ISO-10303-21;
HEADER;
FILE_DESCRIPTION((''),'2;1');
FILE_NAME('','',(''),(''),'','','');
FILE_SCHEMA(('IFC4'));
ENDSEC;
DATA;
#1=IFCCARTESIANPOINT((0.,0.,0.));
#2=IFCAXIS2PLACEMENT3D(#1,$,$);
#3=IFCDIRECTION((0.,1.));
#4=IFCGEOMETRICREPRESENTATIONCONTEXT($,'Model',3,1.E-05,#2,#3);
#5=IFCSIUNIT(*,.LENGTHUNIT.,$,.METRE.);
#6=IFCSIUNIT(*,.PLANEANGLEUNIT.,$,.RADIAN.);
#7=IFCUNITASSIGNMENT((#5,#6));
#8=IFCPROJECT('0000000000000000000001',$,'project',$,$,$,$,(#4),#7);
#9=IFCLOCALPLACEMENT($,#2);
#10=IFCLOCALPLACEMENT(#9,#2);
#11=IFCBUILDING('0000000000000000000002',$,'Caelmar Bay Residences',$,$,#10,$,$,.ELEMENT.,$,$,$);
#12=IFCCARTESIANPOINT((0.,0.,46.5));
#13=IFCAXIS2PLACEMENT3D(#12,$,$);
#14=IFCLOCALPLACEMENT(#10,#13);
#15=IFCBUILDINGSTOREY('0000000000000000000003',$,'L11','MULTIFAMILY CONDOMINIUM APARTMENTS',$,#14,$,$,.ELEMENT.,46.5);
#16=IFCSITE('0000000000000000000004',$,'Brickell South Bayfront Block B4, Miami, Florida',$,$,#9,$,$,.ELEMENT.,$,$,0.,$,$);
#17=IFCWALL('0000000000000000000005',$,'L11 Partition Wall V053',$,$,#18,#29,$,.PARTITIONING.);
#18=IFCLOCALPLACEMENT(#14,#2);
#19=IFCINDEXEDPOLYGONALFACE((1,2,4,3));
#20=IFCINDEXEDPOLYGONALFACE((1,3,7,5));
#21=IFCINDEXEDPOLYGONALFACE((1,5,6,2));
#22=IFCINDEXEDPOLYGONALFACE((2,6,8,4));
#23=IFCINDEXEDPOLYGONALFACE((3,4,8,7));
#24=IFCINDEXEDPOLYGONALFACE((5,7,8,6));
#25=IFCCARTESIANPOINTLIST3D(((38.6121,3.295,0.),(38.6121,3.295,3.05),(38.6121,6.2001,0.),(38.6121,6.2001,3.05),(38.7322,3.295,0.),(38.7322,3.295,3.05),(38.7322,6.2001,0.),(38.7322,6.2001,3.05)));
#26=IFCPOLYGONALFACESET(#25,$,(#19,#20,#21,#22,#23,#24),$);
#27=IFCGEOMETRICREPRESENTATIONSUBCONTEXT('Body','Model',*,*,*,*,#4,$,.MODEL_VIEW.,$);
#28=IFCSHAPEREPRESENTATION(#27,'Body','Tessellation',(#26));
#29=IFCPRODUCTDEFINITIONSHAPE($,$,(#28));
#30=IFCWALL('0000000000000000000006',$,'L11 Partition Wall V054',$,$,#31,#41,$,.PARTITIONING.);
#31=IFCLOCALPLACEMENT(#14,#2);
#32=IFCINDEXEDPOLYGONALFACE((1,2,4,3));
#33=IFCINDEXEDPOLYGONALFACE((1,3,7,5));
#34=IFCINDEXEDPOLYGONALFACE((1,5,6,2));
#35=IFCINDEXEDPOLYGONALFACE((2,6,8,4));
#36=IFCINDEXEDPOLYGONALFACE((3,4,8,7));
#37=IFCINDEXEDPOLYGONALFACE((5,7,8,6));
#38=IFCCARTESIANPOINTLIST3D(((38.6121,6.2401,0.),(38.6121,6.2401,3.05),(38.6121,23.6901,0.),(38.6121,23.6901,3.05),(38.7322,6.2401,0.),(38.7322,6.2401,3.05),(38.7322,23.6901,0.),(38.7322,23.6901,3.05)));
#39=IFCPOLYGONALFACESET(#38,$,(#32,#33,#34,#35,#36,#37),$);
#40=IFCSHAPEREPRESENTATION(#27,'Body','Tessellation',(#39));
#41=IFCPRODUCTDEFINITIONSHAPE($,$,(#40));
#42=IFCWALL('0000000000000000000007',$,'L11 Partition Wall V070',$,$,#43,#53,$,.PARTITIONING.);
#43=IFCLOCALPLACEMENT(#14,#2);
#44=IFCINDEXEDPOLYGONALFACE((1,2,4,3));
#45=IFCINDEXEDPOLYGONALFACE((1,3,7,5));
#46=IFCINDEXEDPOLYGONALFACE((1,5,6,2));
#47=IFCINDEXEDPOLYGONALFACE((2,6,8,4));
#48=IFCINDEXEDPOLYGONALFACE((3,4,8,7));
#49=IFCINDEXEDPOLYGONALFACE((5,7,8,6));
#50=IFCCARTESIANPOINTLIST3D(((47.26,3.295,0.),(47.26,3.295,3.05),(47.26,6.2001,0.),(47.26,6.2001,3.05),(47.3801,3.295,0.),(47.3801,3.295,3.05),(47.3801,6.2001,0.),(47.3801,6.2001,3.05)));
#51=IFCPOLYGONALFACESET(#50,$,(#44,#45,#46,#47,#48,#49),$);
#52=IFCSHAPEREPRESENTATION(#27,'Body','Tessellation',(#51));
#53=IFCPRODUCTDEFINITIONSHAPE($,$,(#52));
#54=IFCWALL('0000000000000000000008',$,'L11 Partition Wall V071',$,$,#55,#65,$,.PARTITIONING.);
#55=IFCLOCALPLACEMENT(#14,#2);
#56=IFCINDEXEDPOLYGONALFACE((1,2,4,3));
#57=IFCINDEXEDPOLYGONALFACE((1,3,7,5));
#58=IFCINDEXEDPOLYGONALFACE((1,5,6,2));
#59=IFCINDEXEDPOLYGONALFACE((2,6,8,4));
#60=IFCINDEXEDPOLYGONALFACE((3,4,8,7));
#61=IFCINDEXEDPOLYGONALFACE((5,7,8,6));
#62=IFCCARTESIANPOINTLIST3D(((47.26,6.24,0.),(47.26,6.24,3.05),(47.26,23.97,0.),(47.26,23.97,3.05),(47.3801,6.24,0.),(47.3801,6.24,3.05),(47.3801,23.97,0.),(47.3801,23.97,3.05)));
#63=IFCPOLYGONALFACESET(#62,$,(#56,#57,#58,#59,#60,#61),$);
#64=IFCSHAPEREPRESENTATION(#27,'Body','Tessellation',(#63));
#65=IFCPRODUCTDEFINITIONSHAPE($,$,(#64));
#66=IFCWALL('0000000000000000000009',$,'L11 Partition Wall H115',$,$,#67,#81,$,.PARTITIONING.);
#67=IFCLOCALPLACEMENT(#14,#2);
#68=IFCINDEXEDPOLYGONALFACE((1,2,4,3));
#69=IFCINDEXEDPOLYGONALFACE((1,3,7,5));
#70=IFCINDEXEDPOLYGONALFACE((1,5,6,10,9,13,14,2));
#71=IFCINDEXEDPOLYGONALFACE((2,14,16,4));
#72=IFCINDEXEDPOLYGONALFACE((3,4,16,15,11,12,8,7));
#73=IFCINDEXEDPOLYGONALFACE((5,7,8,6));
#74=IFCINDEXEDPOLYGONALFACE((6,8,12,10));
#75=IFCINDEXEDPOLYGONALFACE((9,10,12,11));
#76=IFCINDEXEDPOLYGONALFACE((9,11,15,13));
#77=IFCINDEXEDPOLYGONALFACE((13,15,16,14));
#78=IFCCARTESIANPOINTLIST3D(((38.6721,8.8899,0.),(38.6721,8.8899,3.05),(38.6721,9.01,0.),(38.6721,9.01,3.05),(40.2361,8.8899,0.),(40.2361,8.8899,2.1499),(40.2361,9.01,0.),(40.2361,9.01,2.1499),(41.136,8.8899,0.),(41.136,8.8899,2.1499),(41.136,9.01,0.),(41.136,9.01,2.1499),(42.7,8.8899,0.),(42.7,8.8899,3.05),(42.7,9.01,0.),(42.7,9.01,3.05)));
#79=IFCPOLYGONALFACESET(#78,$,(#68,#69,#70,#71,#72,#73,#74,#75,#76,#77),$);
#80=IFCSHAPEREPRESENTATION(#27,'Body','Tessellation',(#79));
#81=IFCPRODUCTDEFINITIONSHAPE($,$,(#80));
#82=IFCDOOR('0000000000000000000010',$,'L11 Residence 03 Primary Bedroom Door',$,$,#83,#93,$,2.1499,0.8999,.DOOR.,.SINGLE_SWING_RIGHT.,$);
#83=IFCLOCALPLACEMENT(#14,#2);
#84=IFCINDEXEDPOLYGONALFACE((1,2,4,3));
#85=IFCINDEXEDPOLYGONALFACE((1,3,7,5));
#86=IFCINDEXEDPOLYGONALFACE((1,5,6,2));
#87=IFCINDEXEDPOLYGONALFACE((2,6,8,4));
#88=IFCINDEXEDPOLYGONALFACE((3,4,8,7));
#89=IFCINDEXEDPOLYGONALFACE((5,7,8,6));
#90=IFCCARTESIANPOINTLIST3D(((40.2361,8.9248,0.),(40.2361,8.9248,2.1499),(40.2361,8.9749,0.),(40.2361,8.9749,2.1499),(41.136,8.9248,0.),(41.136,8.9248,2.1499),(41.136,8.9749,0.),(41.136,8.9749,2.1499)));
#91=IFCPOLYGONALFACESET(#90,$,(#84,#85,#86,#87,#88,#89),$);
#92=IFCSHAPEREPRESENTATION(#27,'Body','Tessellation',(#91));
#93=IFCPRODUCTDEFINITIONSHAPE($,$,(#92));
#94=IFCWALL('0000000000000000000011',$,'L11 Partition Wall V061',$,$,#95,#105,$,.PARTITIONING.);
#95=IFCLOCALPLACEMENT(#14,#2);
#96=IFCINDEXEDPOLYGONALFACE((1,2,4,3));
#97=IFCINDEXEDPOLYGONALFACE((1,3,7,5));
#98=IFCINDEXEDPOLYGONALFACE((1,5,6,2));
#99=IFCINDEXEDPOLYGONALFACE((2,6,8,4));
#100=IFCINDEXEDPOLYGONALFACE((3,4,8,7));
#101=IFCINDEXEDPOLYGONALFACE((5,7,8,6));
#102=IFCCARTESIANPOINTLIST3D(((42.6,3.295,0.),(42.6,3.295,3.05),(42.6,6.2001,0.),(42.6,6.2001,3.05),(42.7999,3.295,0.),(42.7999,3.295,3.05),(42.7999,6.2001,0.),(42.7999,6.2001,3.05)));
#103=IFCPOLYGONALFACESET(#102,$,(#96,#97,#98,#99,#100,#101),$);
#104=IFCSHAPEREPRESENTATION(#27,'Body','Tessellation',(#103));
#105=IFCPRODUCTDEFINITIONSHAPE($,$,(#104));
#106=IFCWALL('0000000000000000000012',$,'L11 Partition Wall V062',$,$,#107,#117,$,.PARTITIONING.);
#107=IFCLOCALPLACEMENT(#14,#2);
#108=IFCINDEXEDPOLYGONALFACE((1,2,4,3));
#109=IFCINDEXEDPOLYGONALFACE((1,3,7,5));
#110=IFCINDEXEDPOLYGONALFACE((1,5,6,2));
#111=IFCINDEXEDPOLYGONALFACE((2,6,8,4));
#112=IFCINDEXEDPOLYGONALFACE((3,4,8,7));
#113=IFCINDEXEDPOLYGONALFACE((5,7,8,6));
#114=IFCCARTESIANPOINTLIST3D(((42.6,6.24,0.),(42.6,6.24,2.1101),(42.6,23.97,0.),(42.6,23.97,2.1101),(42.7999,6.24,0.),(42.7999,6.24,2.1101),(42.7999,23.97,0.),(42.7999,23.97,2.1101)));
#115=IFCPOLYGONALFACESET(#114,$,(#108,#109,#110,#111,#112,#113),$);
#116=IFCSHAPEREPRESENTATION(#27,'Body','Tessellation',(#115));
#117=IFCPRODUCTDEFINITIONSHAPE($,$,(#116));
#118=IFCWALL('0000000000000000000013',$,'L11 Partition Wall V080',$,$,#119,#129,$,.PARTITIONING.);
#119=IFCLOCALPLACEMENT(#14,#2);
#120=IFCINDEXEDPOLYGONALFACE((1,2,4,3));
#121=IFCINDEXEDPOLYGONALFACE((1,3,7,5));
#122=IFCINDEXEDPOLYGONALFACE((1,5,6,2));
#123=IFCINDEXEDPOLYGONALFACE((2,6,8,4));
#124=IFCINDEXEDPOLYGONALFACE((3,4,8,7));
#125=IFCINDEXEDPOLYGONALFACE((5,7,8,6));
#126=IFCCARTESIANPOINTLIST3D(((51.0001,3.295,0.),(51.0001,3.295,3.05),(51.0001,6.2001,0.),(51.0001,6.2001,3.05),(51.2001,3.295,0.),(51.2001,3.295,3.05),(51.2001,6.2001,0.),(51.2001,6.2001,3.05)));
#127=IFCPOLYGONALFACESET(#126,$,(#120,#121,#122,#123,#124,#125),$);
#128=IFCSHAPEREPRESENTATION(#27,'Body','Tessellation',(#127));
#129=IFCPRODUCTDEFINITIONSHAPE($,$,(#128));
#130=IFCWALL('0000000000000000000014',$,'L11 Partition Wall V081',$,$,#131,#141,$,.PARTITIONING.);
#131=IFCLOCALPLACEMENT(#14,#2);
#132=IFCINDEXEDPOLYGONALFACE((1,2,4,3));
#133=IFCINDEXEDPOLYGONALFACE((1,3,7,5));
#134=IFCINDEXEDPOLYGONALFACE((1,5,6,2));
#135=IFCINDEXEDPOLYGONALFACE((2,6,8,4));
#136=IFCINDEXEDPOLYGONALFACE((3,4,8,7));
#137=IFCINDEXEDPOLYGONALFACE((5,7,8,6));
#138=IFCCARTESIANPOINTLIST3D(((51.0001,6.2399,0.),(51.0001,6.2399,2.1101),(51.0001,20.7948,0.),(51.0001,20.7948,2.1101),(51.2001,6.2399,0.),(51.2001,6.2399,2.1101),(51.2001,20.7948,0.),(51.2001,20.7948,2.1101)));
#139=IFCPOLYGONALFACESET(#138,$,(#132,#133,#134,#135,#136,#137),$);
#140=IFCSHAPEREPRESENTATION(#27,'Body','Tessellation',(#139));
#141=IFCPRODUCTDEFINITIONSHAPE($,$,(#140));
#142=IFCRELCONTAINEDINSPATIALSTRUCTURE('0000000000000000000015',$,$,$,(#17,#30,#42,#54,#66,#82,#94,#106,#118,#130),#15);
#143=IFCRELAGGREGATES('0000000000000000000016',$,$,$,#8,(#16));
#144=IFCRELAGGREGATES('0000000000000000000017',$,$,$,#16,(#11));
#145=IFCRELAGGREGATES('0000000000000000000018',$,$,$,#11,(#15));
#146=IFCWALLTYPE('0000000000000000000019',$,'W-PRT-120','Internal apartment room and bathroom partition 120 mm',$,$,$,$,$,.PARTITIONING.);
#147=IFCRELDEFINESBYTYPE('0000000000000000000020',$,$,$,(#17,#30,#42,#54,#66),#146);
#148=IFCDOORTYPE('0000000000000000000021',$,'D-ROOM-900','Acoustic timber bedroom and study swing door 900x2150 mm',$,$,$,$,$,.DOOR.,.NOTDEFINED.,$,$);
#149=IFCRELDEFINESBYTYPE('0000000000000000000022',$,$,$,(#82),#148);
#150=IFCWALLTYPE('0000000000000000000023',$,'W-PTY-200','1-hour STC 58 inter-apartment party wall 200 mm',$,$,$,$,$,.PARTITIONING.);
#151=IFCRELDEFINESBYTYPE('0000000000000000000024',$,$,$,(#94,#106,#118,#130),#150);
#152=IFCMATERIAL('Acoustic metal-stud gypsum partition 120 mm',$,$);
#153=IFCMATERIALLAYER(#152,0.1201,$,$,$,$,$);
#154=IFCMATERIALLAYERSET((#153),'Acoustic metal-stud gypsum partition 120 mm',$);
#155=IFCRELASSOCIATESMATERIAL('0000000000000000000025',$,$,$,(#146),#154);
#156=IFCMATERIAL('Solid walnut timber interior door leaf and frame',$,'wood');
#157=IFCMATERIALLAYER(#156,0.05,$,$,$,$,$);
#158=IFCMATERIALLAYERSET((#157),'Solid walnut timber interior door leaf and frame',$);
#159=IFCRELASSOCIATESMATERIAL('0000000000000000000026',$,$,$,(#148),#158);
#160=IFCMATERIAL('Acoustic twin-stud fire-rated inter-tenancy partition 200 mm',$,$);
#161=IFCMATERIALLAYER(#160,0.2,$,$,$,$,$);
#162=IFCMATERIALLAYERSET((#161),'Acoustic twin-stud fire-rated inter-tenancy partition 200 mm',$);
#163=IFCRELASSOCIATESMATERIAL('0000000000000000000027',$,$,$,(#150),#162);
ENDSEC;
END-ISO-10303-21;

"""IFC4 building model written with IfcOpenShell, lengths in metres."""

from ifc_helpers import new_model, si_unit, direction, frame, frame_2d, origin, place, context, subcontext, project, spatial, rectangle, extrude, material, layer, layer_set, type_object, element, fill, save


model = new_model("IFC4")

# Units and contexts
model_context = context("Model", 3, precision=1e-05, world=origin(), true_north=direction((0.0, 1.0)))
body_context = subcontext(model_context, "Body", "Model", "MODEL_VIEW")
ifc_project = project(units=[si_unit("LENGTHUNIT", "METRE"), si_unit("PLANEANGLEUNIT", "RADIAN")], contexts=[model_context])

# Site, building, storey
site_placement = place(None, origin())
site = spatial("IfcSite", under=ifc_project, at=site_placement, Name="Brickell South Bayfront Block B4, Miami, Florida", CompositionType="ELEMENT", RefElevation=0.0)
building_placement = place(site_placement, origin())
building = spatial("IfcBuilding", under=site, at=building_placement, Name="Caelmar Bay Residences", CompositionType="ELEMENT")
storey_placement = place(building_placement, frame((0.0, 0.0, 46.5)))
storey = spatial("IfcBuildingStorey", under=building, at=storey_placement, Name="L11", Description="MULTIFAMILY CONDOMINIUM APARTMENTS", CompositionType="ELEMENT", Elevation=46.5)

# Walls
ifc_material_1 = material(Name="Acoustic metal-stud gypsum partition 120 mm")
ifc_layer_1 = layer(ifc_material_1, 0.1201)
ifc_layer_set_1 = layer_set([ifc_layer_1], Name="Acoustic metal-stud gypsum partition 120 mm")
wall_type_1 = type_object("IfcWallType", Name="W-PRT-120", Description="Internal apartment room and bathroom partition 120 mm", PredefinedType="PARTITIONING", material=ifc_layer_set_1)
wall_1_placement = place(storey_placement, frame((38.6721, 3.2949, 0.0), z_axis=(0.0, 0.0, 1.0), x_axis=(0.0, 1.0, 0.0)))
element("IfcWall", 1, at=wall_1_placement, inside=storey, type_object=wall_type_1, Name="L11 Partition Wall V053", PredefinedType="PARTITIONING", context=body_context, shape_type="SweptSolid", body=[
    extrude(rectangle(XDim=2.905, YDim=0.1201, at=frame_2d((1.4526, 0.0))), origin(), (0.0, 0.0, 1.0), 3.05),
])
wall_2_placement = place(storey_placement, frame((38.6721, 6.24, 0.0), z_axis=(0.0, 0.0, 1.0), x_axis=(0.0, 1.0, 0.0)))
element("IfcWall", 2, at=wall_2_placement, inside=storey, type_object=wall_type_1, Name="L11 Partition Wall V054", PredefinedType="PARTITIONING", context=body_context, shape_type="SweptSolid", body=[
    extrude(rectangle(XDim=17.45, YDim=0.1201, at=frame_2d((8.7251, 0.0))), origin(), (0.0, 0.0, 1.0), 3.05),
])
wall_3_placement = place(storey_placement, frame((47.3201, 3.2949, 0.0), z_axis=(0.0, 0.0, 1.0), x_axis=(0.0, 1.0, 0.0)))
element("IfcWall", 3, at=wall_3_placement, inside=storey, type_object=wall_type_1, Name="L11 Partition Wall V070", PredefinedType="PARTITIONING", context=body_context, shape_type="SweptSolid", body=[
    extrude(rectangle(XDim=2.905, YDim=0.1201, at=frame_2d((1.4526, 0.0))), origin(), (0.0, 0.0, 1.0), 3.05),
])
wall_4_placement = place(storey_placement, frame((47.3201, 6.24, 0.0), z_axis=(0.0, 0.0, 1.0), x_axis=(0.0, 1.0, 0.0)))
element("IfcWall", 4, at=wall_4_placement, inside=storey, type_object=wall_type_1, Name="L11 Partition Wall V071", PredefinedType="PARTITIONING", context=body_context, shape_type="SweptSolid", body=[
    extrude(rectangle(XDim=17.73, YDim=0.1201, at=frame_2d((8.865, 0.0))), origin(), (0.0, 0.0, 1.0), 3.05),
])

# Wall, opening, door
wall_5_placement = place(storey_placement, frame((38.6721, 8.95, 0.0), z_axis=(0.0, 0.0, 1.0), x_axis=(1.0, 0.0, 0.0)))
wall_5 = element("IfcWall", 5, at=wall_5_placement, inside=storey, type_object=wall_type_1, Name="L11 Partition Wall H115", PredefinedType="PARTITIONING", context=body_context, shape_type="SweptSolid", body=[
    extrude(rectangle(XDim=4.0278, YDim=0.1201, at=frame_2d((2.0139, 0.0))), origin(), (0.0, 0.0, 1.0), 3.05),
])
opening_1_placement = place(wall_5_placement, frame((1.564, 0.0, 0.0)))
opening_1 = element("IfcOpeningElement", 6, at=opening_1_placement, cuts=wall_5, PredefinedType="OPENING", context=body_context, shape_type="SweptSolid", body=[
    extrude(rectangle(XDim=0.8999, YDim=2.1499, at=frame_2d((0.45, 1.075))), frame((0.0, 0.0701, 0.0), z_axis=(0.0, -1.0, 0.0), x_axis=(1.0, 0.0, 0.0)), (0.0, 0.0, 1.0), 0.1401),
])
ifc_material_2 = material(Name="Solid walnut timber interior door leaf and frame", Category="wood")
ifc_layer_2 = layer(ifc_material_2, 0.05)
ifc_layer_set_2 = layer_set([ifc_layer_2], Name="Solid walnut timber interior door leaf and frame")
door_type = type_object("IfcDoorType", Name="D-ROOM-900", Description="Acoustic timber bedroom and study swing door 900x2150 mm", OperationType="NOTDEFINED", PredefinedType="DOOR", material=ifc_layer_set_2)
door_1_placement = place(opening_1_placement, origin())
door_1 = element("IfcDoor", 7, at=door_1_placement, inside=storey, type_object=door_type, Name="L11 Residence 03 Primary Bedroom Door", OperationType="SINGLE_SWING_RIGHT", OverallHeight=2.1499, OverallWidth=0.8999, PredefinedType="DOOR", context=body_context, shape_type="SweptSolid", body=[
    extrude(rectangle(XDim=0.8999, YDim=2.1499, at=frame_2d((0.45, 1.075))), frame((0.0, 0.0249, 0.0), z_axis=(0.0, -1.0, 0.0), x_axis=(1.0, 0.0, 0.0)), (0.0, 0.0, 1.0), 0.05),
])
fill(opening_1, door_1)

# Walls
ifc_material_3 = material(Name="Acoustic twin-stud fire-rated inter-tenancy partition 200 mm")
ifc_layer_3 = layer(ifc_material_3, 0.2)
ifc_layer_set_3 = layer_set([ifc_layer_3], Name="Acoustic twin-stud fire-rated inter-tenancy partition 200 mm")
wall_type_2 = type_object("IfcWallType", Name="W-PTY-200", Description="1-hour STC 58 inter-apartment party wall 200 mm", PredefinedType="PARTITIONING", material=ifc_layer_set_3)
wall_6_placement = place(storey_placement, frame((42.7, 3.2949, 0.0), z_axis=(0.0, 0.0, 1.0), x_axis=(0.0, 1.0, 0.0)))
element("IfcWall", 8, at=wall_6_placement, inside=storey, type_object=wall_type_2, Name="L11 Partition Wall V061", PredefinedType="PARTITIONING", context=body_context, shape_type="SweptSolid", body=[
    extrude(rectangle(XDim=2.905, YDim=0.2, at=frame_2d((1.4526, 0.0))), origin(), (0.0, 0.0, 1.0), 3.05),
])
wall_7_placement = place(storey_placement, frame((42.7, 6.24, 0.0), z_axis=(0.0, 0.0, 1.0), x_axis=(0.0, 1.0, 0.0)))
element("IfcWall", 9, at=wall_7_placement, inside=storey, type_object=wall_type_2, Name="L11 Partition Wall V062", PredefinedType="PARTITIONING", context=body_context, shape_type="SweptSolid", body=[
    extrude(rectangle(XDim=17.73, YDim=0.2, at=frame_2d((8.865, 0.0))), origin(), (0.0, 0.0, 1.0), 2.1101),
])
wall_8_placement = place(storey_placement, frame((51.1001, 3.2949, 0.0), z_axis=(0.0, 0.0, 1.0), x_axis=(0.0, 1.0, 0.0)))
element("IfcWall", 10, at=wall_8_placement, inside=storey, type_object=wall_type_2, Name="L11 Partition Wall V080", PredefinedType="PARTITIONING", context=body_context, shape_type="SweptSolid", body=[
    extrude(rectangle(XDim=2.905, YDim=0.2, at=frame_2d((1.4526, 0.0))), origin(), (0.0, 0.0, 1.0), 3.05),
])
wall_9_placement = place(storey_placement, frame((51.1001, 6.24, 0.0), z_axis=(0.0, 0.0, 1.0), x_axis=(0.0, 1.0, 0.0)))
element("IfcWall", 11, at=wall_9_placement, inside=storey, type_object=wall_type_2, Name="L11 Partition Wall V081", PredefinedType="PARTITIONING", context=body_context, shape_type="SweptSolid", body=[
    extrude(rectangle(XDim=14.5549, YDim=0.2, at=frame_2d((7.2773, 0.0))), origin(), (0.0, 0.0, 1.0), 2.1101),
])

save(model, "model.ifc")
